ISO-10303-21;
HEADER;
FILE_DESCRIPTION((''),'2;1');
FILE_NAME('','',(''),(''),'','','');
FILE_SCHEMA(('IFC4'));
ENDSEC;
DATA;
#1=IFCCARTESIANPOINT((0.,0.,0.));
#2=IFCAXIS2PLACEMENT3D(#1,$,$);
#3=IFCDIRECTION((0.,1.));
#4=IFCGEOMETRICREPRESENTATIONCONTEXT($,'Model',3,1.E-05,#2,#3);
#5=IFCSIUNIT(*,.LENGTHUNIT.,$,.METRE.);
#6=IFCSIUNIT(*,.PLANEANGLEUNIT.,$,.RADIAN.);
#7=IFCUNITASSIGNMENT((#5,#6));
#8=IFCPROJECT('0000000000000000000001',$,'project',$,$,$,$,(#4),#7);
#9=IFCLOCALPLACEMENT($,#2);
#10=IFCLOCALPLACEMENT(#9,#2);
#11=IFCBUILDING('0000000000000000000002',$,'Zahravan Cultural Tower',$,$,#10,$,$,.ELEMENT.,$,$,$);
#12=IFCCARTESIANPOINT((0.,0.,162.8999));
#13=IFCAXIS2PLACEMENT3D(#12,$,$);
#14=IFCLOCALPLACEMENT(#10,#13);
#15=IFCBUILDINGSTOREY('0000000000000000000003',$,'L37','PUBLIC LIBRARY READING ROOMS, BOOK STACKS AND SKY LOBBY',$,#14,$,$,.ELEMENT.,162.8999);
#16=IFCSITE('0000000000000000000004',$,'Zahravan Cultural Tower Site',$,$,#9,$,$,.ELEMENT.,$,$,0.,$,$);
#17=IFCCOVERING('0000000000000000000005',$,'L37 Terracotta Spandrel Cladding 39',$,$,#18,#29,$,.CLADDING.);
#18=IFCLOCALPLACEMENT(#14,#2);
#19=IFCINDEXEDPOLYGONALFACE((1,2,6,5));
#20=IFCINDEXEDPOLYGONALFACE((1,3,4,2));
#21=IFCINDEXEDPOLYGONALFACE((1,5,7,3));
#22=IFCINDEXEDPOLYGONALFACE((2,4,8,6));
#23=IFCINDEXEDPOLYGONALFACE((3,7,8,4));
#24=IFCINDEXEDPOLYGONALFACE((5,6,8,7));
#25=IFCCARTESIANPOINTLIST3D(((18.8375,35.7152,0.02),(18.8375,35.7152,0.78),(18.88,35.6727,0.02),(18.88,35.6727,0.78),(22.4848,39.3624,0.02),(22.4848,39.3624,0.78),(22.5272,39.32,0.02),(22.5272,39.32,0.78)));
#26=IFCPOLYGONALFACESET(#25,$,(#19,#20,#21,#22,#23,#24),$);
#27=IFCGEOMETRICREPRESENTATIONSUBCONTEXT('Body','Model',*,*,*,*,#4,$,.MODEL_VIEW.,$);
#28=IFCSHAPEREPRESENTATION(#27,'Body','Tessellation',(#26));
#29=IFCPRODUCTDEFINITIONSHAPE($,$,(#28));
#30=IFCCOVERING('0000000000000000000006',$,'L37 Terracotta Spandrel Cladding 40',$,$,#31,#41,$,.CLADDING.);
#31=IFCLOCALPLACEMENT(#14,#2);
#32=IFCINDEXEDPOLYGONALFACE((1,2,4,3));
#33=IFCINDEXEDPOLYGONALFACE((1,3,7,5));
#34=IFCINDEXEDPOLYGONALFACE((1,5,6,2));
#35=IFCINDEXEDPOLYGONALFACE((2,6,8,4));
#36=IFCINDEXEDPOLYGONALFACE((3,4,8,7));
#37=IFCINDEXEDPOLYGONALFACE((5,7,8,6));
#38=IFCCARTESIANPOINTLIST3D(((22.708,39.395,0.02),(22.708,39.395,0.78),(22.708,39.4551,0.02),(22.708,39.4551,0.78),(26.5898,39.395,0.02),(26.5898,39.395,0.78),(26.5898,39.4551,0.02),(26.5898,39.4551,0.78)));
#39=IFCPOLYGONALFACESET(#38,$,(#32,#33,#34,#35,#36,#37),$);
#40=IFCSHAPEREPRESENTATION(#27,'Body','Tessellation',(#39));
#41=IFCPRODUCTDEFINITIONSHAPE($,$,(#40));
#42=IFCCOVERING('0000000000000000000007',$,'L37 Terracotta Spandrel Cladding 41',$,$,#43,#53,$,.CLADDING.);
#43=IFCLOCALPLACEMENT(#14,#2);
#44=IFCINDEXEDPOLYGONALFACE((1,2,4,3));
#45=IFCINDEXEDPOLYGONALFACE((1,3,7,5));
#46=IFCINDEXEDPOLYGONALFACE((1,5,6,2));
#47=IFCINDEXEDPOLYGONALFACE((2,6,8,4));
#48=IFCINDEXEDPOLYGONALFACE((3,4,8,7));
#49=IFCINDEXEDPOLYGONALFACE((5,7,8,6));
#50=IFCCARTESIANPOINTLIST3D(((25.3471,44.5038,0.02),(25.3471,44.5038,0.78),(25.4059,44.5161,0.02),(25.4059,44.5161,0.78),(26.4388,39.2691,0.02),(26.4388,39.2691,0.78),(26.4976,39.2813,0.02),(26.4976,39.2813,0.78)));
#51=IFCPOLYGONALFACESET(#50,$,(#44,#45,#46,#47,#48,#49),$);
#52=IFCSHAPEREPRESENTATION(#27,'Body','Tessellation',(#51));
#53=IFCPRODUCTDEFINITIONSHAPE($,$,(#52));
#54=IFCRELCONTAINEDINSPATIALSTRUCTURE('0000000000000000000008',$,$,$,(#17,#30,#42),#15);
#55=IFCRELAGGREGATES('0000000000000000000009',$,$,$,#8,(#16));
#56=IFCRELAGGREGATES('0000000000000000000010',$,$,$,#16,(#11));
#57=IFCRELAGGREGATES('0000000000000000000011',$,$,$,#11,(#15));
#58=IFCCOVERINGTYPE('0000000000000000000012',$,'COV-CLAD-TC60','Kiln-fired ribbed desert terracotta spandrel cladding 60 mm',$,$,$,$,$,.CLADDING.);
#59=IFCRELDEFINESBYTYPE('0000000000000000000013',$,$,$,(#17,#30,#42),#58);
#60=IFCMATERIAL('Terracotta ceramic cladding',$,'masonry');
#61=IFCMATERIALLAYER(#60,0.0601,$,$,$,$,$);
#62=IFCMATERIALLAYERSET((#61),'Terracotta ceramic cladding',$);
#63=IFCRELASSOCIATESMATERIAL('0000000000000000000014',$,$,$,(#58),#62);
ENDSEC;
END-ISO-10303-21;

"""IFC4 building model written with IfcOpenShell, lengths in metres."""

from ifc_helpers import new_model, si_unit, direction, frame, origin, origin_2d, place, context, subcontext, project, spatial, rectangle, extrude, source, transform, mapped, material, layer, layer_set, type_object, element, save


model = new_model("IFC4")

# Units and contexts
model_context = context("Model", 3, precision=1e-05, world=origin(), true_north=direction((0.0, 1.0)))
body_context = subcontext(model_context, "Body", "Model", "MODEL_VIEW")
ifc_project = project(units=[si_unit("LENGTHUNIT", "METRE"), si_unit("PLANEANGLEUNIT", "RADIAN")], contexts=[model_context])

# Site, building, storey
site_placement = place(None, origin())
site = spatial("IfcSite", under=ifc_project, at=site_placement, Name="Zahravan Cultural Tower Site", CompositionType="ELEMENT", RefElevation=0.0)
building_placement = place(site_placement, origin())
building = spatial("IfcBuilding", under=site, at=building_placement, Name="Zahravan Cultural Tower", CompositionType="ELEMENT")
storey_placement = place(building_placement, frame((0.0, 0.0, 162.8999)))
storey = spatial("IfcBuildingStorey", under=building, at=storey_placement, Name="L37", Description="PUBLIC LIBRARY READING ROOMS, BOOK STACKS AND SKY LOBBY", CompositionType="ELEMENT", Elevation=162.8999)

# Coverings
ifc_material_1 = material(Name="Terracotta ceramic cladding", Category="masonry")
ifc_layer_1 = layer(ifc_material_1, 0.0601)
ifc_layer_set_1 = layer_set([ifc_layer_1], Name="Terracotta ceramic cladding")
covering_type = type_object("IfcCoveringType", Name="COV-CLAD-TC60", Description="Kiln-fired ribbed desert terracotta spandrel cladding 60 mm", PredefinedType="CLADDING", material=ifc_layer_set_1)
shared_shape_1 = source(origin(), body_context, "Body", "SweptSolid", [
    extrude(rectangle(XDim=5.158, YDim=0.0601, at=origin_2d()), origin(), (0.0, 0.0, 1.0), 0.76),
])
covering_1_placement = place(storey_placement, frame((20.6824, 37.5176, 0.02), z_axis=(0.0, 0.0, 1.0), x_axis=(0.707107, 0.707107, 0.0)))
element("IfcCovering", 1, at=covering_1_placement, inside=storey, type_object=covering_type, Name="L37 Terracotta Spandrel Cladding 39", PredefinedType="CLADDING", context=body_context, shape_type="MappedRepresentation", body=[
    mapped(shared_shape_1, transform((0.0, 0.0, 0.0), x_axis=(1.0, 0.0, 0.0), y_axis=(0.0, 1.0, 0.0), z_axis=(0.0, 0.0, 1.0), scale=1.0)),
])
shared_shape_2 = source(origin(), body_context, "Body", "SweptSolid", [
    extrude(rectangle(XDim=3.8818, YDim=0.0601, at=origin_2d()), origin(), (0.0, 0.0, 1.0), 0.76),
])
covering_2_placement = place(storey_placement, frame((24.6489, 39.425, 0.02), z_axis=(0.0, 0.0, 1.0), x_axis=(1.0, 0.0, 0.0)))
element("IfcCovering", 2, at=covering_2_placement, inside=storey, type_object=covering_type, Name="L37 Terracotta Spandrel Cladding 40", PredefinedType="CLADDING", context=body_context, shape_type="MappedRepresentation", body=[
    mapped(shared_shape_2, transform((0.0, 0.0, 0.0), x_axis=(1.0, 0.0, 0.0), y_axis=(0.0, 1.0, 0.0), z_axis=(0.0, 0.0, 1.0), scale=1.0)),
])
shared_shape_3 = source(origin(), body_context, "Body", "SweptSolid", [
    extrude(rectangle(XDim=5.3474, YDim=0.0601, at=origin_2d()), origin(), (0.0, 0.0, 1.0), 0.76),
])
covering_3_placement = place(storey_placement, frame((25.9224, 41.8926, 0.02), z_axis=(0.0, 0.0, 1.0), x_axis=(-0.204154, 0.978939, 0.0)))
element("IfcCovering", 3, at=covering_3_placement, inside=storey, type_object=covering_type, Name="L37 Terracotta Spandrel Cladding 41", PredefinedType="CLADDING", context=body_context, shape_type="MappedRepresentation", body=[
    mapped(shared_shape_3, transform((0.0, 0.0, 0.0), x_axis=(1.0, 0.0, 0.0), y_axis=(0.0, 1.0, 0.0), z_axis=(0.0, 0.0, 1.0), scale=1.0)),
])

save(model, "model.ifc")
